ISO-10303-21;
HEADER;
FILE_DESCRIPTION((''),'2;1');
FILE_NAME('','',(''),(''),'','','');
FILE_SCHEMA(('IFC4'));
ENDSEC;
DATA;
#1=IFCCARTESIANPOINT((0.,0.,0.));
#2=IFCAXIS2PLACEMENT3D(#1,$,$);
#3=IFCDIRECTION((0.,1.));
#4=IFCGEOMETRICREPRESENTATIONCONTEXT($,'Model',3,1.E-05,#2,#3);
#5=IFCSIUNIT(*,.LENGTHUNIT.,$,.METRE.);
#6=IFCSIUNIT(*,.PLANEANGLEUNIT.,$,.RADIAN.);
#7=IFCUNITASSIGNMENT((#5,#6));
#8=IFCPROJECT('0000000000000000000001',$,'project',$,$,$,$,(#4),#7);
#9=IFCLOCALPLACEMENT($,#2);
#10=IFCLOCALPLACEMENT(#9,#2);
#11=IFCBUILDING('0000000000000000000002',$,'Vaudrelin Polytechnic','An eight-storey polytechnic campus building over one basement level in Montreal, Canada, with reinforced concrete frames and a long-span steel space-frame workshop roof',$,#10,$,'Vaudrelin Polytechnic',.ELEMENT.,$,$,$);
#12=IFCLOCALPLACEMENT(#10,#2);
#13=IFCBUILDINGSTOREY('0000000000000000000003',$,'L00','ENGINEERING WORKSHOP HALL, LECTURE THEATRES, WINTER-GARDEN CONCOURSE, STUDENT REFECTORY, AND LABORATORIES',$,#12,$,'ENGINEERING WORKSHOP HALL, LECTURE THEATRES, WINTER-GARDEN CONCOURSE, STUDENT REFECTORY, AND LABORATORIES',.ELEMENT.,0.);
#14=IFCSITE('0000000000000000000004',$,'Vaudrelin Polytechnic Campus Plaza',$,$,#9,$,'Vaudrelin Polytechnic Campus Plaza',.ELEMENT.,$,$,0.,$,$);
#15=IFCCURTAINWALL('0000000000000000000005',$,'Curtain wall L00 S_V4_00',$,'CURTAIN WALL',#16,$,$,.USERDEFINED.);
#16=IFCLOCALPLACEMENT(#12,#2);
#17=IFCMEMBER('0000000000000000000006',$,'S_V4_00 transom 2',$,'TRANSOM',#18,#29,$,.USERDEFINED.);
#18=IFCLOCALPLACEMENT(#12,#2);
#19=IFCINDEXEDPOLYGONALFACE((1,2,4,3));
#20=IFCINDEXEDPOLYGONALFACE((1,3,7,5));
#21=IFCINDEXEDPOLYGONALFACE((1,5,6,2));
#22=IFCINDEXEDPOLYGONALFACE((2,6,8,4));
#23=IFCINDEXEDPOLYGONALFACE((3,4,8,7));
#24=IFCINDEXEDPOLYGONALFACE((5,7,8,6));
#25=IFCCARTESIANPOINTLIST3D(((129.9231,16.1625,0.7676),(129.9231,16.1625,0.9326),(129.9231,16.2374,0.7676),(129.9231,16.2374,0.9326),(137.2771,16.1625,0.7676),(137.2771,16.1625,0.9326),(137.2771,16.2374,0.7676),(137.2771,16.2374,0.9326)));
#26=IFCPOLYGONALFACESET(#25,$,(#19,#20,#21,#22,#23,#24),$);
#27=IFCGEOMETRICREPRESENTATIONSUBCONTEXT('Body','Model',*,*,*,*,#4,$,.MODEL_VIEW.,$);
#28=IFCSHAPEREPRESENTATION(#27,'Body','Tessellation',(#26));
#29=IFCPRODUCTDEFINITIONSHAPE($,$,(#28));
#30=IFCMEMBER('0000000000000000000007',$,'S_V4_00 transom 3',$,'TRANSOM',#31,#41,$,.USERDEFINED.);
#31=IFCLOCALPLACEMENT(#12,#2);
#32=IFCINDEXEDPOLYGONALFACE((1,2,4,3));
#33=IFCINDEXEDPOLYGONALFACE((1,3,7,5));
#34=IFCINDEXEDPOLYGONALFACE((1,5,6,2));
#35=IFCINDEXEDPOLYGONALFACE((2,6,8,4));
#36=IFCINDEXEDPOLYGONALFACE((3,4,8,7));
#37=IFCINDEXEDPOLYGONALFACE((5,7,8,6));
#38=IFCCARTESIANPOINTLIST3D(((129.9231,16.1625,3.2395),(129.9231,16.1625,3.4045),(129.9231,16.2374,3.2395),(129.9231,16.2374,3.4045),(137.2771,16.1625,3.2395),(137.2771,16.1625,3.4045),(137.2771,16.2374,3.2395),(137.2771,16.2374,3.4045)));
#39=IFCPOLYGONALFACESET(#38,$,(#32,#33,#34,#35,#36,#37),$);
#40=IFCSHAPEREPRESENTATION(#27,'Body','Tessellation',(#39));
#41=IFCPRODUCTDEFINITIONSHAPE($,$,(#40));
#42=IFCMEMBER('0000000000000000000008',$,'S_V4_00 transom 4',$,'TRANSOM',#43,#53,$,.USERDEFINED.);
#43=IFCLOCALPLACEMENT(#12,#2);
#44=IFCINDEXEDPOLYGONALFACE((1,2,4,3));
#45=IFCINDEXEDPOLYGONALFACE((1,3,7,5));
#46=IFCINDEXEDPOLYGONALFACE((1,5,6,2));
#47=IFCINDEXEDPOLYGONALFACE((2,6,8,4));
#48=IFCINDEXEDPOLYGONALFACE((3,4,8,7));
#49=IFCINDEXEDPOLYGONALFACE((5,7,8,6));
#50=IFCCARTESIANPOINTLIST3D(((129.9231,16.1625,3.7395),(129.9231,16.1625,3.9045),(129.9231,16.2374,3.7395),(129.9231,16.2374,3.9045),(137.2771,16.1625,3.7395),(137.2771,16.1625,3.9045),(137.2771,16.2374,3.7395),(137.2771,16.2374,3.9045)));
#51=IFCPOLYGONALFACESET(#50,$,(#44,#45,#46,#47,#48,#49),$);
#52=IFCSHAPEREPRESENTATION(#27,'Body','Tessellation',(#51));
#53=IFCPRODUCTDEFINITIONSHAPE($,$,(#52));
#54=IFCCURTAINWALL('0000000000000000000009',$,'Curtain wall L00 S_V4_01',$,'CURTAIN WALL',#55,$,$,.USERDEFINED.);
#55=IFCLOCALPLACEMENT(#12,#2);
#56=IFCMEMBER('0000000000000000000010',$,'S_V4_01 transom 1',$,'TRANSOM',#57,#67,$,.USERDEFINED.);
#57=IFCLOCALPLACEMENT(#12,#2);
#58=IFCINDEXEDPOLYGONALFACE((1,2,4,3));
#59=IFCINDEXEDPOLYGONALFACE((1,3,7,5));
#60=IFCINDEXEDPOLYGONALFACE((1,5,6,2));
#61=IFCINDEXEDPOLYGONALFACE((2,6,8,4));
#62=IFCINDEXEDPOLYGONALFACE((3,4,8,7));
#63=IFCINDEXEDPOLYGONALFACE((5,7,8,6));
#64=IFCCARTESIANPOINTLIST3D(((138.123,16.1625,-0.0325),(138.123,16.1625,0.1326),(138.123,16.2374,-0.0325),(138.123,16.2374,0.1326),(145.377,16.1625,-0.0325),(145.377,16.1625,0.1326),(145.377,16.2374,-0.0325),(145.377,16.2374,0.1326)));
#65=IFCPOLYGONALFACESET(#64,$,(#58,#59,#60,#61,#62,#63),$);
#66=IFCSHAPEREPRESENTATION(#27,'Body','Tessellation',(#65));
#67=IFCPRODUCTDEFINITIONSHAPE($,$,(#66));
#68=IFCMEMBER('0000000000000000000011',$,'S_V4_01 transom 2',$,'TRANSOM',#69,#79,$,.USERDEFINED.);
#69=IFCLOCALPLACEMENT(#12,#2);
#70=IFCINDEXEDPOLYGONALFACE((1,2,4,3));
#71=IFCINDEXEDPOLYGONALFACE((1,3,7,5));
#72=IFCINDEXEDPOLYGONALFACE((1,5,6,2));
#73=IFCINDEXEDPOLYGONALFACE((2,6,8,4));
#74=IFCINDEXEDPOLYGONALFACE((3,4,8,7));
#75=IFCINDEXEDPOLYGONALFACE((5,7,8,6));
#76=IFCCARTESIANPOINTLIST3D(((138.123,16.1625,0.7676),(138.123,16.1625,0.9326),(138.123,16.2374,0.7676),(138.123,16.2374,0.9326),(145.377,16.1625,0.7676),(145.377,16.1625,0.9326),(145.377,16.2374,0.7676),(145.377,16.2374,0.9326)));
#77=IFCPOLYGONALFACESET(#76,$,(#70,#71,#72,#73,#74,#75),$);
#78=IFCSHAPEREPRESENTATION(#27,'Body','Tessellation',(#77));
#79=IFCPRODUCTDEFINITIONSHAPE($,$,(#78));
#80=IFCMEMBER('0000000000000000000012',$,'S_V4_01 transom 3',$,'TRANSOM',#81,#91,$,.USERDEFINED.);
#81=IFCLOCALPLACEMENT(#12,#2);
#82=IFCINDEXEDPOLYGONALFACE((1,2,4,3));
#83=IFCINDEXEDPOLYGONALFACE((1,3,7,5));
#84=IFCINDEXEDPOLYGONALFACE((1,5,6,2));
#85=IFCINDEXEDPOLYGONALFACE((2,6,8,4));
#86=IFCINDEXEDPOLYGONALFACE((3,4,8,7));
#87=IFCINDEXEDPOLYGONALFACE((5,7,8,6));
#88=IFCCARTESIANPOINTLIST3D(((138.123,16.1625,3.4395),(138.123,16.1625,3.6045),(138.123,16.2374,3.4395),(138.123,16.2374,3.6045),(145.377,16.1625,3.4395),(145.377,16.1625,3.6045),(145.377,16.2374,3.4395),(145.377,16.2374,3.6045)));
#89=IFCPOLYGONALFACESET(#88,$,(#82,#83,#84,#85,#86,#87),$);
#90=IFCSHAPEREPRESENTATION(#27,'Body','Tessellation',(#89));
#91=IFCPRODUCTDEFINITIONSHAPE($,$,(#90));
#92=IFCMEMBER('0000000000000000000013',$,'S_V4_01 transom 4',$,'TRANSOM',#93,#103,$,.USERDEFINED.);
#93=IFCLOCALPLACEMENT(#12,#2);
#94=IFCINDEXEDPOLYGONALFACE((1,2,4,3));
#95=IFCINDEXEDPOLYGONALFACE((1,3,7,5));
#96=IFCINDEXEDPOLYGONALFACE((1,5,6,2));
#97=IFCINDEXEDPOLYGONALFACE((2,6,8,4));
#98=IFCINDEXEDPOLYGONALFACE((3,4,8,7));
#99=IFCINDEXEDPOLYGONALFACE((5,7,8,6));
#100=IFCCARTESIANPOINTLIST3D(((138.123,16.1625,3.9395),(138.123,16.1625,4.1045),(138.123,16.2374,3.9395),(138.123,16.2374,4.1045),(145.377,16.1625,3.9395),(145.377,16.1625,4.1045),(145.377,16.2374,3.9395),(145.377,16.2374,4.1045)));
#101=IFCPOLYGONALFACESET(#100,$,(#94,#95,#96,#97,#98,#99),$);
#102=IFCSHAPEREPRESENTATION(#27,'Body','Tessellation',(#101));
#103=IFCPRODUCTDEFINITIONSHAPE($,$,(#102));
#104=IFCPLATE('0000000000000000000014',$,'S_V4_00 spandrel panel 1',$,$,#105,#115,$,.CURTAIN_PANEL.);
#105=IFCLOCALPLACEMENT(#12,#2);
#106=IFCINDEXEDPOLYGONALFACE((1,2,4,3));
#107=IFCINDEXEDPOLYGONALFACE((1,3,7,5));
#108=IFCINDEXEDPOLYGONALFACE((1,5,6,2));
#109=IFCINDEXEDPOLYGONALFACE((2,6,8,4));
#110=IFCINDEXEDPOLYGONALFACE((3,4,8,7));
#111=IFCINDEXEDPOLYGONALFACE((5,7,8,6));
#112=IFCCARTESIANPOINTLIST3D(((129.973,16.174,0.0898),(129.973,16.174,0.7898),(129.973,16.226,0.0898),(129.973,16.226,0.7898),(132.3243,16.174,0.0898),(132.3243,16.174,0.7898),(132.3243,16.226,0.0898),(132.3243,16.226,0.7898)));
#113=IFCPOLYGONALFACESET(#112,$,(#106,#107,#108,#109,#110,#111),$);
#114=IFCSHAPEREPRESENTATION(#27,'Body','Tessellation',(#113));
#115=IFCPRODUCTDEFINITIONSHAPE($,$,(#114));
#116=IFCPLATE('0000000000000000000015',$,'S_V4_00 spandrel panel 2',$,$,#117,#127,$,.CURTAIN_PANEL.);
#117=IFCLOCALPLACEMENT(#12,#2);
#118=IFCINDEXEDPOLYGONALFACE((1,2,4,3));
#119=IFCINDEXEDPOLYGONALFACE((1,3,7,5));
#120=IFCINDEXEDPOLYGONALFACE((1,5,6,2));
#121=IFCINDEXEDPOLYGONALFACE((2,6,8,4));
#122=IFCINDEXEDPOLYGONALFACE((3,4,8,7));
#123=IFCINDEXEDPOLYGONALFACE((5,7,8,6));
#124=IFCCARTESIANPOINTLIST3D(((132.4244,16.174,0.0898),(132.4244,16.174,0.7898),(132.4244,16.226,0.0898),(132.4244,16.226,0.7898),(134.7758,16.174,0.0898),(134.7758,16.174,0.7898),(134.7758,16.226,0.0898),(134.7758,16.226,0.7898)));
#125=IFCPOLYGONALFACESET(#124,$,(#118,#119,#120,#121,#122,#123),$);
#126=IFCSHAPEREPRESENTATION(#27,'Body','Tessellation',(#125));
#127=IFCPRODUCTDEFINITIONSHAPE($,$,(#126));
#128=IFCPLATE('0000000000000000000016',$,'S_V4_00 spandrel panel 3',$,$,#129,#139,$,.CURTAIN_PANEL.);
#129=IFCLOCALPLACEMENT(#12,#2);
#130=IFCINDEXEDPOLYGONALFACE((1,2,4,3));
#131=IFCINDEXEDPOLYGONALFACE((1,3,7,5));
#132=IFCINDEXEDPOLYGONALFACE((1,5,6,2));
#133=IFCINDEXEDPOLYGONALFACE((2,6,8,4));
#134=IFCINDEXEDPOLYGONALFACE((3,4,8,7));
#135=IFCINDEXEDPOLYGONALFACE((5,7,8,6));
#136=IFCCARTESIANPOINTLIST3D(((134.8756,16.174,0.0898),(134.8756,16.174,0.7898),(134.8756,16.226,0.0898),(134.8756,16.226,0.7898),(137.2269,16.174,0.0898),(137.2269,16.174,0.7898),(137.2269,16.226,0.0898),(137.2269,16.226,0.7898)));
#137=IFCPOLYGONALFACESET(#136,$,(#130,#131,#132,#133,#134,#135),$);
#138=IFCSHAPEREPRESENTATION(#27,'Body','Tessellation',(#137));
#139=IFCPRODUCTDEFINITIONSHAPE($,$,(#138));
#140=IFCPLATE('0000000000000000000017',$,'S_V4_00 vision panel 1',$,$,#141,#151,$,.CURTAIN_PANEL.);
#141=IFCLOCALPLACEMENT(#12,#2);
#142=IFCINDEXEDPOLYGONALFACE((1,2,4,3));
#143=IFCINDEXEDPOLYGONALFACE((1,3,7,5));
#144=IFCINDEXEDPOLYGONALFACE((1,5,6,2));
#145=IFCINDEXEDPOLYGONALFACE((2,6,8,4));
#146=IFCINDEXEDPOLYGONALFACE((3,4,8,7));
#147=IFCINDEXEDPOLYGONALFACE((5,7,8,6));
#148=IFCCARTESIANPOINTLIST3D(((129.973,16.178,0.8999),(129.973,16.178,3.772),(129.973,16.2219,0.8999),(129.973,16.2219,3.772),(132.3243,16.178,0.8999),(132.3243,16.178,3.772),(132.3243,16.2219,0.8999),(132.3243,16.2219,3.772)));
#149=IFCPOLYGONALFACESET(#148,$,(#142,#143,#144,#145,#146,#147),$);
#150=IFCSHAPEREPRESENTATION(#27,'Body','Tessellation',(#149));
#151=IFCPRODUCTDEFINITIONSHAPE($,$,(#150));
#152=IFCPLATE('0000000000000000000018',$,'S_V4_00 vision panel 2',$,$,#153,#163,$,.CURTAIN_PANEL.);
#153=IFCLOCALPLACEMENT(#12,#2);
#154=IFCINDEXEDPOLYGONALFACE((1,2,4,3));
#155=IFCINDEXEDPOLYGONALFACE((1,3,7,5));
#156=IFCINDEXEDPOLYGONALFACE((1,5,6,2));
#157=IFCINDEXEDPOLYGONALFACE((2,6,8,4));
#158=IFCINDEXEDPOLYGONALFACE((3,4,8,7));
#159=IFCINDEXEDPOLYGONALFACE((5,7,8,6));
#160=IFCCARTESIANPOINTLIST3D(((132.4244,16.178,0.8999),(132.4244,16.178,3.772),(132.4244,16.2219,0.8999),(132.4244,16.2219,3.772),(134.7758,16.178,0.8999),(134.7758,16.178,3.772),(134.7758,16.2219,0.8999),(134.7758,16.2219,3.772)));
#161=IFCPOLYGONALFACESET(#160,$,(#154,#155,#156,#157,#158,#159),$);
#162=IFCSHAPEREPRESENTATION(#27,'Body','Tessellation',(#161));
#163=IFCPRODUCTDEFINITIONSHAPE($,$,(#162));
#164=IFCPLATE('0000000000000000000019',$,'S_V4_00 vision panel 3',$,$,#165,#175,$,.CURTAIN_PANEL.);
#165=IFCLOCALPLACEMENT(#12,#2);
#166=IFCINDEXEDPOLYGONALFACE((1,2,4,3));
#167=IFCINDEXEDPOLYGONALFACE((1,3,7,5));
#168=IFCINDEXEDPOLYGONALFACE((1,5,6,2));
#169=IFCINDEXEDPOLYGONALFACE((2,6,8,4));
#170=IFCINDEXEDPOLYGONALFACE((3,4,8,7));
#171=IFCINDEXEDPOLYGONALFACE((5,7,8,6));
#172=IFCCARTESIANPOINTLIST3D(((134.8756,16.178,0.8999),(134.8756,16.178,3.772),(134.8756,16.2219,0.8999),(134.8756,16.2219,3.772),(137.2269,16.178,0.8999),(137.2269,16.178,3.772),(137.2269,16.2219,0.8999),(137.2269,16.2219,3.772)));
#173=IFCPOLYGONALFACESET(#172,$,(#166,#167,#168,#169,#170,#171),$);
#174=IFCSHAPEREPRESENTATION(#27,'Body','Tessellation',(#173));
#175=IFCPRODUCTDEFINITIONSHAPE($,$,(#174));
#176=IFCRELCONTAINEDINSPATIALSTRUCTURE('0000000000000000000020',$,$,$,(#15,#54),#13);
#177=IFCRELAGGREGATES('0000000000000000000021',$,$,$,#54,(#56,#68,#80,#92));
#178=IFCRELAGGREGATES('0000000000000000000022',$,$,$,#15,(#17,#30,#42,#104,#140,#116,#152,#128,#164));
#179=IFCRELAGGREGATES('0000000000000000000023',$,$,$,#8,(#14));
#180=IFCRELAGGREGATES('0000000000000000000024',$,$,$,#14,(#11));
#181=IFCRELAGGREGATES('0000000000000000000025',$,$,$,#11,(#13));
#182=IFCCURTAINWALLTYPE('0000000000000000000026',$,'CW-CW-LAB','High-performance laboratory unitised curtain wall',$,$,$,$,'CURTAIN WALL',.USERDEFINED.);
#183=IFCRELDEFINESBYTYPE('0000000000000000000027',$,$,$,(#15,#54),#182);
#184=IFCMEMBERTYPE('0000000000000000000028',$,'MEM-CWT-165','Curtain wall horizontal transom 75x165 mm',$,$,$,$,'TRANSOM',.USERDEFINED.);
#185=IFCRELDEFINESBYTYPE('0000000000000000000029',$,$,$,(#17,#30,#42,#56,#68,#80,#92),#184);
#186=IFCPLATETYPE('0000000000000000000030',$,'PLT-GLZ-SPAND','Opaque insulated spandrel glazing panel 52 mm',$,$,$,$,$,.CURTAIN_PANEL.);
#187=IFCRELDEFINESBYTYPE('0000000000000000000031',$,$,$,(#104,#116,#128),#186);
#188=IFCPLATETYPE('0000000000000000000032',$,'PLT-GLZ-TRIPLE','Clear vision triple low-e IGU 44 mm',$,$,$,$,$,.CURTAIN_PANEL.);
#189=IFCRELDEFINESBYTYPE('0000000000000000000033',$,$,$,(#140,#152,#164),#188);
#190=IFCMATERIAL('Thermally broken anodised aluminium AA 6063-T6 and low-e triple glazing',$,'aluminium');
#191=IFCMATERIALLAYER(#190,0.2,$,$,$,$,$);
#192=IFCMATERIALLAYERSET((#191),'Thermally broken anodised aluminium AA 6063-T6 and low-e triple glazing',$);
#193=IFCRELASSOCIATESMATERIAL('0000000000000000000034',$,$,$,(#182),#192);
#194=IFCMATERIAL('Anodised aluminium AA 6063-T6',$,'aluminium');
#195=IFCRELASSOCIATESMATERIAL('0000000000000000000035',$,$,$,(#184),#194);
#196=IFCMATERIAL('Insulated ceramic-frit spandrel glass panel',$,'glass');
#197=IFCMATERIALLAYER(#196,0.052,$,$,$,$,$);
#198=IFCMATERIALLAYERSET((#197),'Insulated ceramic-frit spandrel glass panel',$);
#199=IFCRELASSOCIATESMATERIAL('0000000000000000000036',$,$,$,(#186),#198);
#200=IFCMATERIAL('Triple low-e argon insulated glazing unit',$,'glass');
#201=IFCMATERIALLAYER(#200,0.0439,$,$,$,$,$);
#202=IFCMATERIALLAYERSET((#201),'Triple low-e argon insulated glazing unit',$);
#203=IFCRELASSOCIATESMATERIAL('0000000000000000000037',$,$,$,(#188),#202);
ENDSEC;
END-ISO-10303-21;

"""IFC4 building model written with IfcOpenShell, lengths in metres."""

from ifc_helpers import new_model, si_unit, direction, frame, origin, origin_2d, place, context, subcontext, project, spatial, rectangle, extrude, material, layer, layer_set, material_profile, profile_set, type_object, element, aggregate, save


model = new_model("IFC4")

# Units and contexts
model_context = context("Model", 3, precision=1e-05, world=origin(), true_north=direction((0.0, 1.0)))
body_context = subcontext(model_context, "Body", "Model", "MODEL_VIEW")
ifc_project = project(units=[si_unit("LENGTHUNIT", "METRE"), si_unit("PLANEANGLEUNIT", "RADIAN")], contexts=[model_context])

# Site, building, storey
site_placement = place(None, origin())
site = spatial("IfcSite", under=ifc_project, at=site_placement, Name="Vaudrelin Polytechnic Campus Plaza", LongName="Vaudrelin Polytechnic Campus Plaza", CompositionType="ELEMENT", RefElevation=0.0)
building_placement = place(site_placement, origin())
building = spatial("IfcBuilding", under=site, at=building_placement, Name="Vaudrelin Polytechnic", Description="An eight-storey polytechnic campus building over one basement level in Montreal, Canada, with reinforced concrete frames and a long-span steel space-frame workshop roof", LongName="Vaudrelin Polytechnic", CompositionType="ELEMENT")
storey_placement = place(building_placement, origin())
storey = spatial("IfcBuildingStorey", under=building, at=storey_placement, Name="L00", Description="ENGINEERING WORKSHOP HALL, LECTURE THEATRES, WINTER-GARDEN CONCOURSE, STUDENT REFECTORY, AND LABORATORIES", LongName="ENGINEERING WORKSHOP HALL, LECTURE THEATRES, WINTER-GARDEN CONCOURSE, STUDENT REFECTORY, AND LABORATORIES", CompositionType="ELEMENT", Elevation=0.0)

# Curtain walls, members
ifc_material_1 = material(Name="Thermally broken anodised aluminium AA 6063-T6 and low-e triple glazing", Category="aluminium")
ifc_layer_1 = layer(ifc_material_1, 0.2)
ifc_layer_set_1 = layer_set([ifc_layer_1], Name="Thermally broken anodised aluminium AA 6063-T6 and low-e triple glazing")
curtain_wall_type = type_object("IfcCurtainWallType", Name="CW-CW-LAB", Description="High-performance laboratory unitised curtain wall", ElementType="CURTAIN WALL", PredefinedType="USERDEFINED", material=ifc_layer_set_1)
curtain_wall_1_placement = place(storey_placement, origin())
curtain_wall_1 = element("IfcCurtainWall", 1, at=curtain_wall_1_placement, inside=storey, type_object=curtain_wall_type, Name="Curtain wall L00 S_V4_00", ObjectType="CURTAIN WALL", PredefinedType="USERDEFINED")
ifc_material_2 = material(Name="Anodised aluminium AA 6063-T6", Category="aluminium")
ifc_material_profile_1 = material_profile(ifc_material_2, rectangle(XDim=0.075, YDim=0.165, at=origin_2d()), Name="CWT-75x165")
ifc_profile_set_1 = profile_set([ifc_material_profile_1], Name="Anodised aluminium AA 6063-T6")
member_type_1 = type_object("IfcMemberType", Name="MEM-CWT-165", Description="Curtain wall horizontal transom 75x165 mm", ElementType="TRANSOM", PredefinedType="USERDEFINED", material=ifc_profile_set_1)
member_1_placement = place(storey_placement, frame((129.9231, 16.2, 0.8501), z_axis=(1.0, 0.0, 0.0), x_axis=(0.0, 1.0, 0.0)))
member_1 = element("IfcMember", 2, at=member_1_placement, type_object=member_type_1, Name="S_V4_00 transom 2", ObjectType="TRANSOM", PredefinedType="USERDEFINED", context=body_context, shape_type="SweptSolid", body=[
    extrude(rectangle(XDim=0.075, YDim=0.165, at=origin_2d()), origin(), (0.0, 0.0, 1.0), 7.354),
])
member_2_placement = place(storey_placement, frame((129.9231, 16.2, 3.322), z_axis=(1.0, 0.0, 0.0), x_axis=(0.0, 1.0, 0.0)))
member_2 = element("IfcMember", 3, at=member_2_placement, type_object=member_type_1, Name="S_V4_00 transom 3", ObjectType="TRANSOM", PredefinedType="USERDEFINED", context=body_context, shape_type="SweptSolid", body=[
    extrude(rectangle(XDim=0.075, YDim=0.165, at=origin_2d()), origin(), (0.0, 0.0, 1.0), 7.354),
])
member_3_placement = place(storey_placement, frame((129.9231, 16.2, 3.822), z_axis=(1.0, 0.0, 0.0), x_axis=(0.0, 1.0, 0.0)))
member_3 = element("IfcMember", 4, at=member_3_placement, type_object=member_type_1, Name="S_V4_00 transom 4", ObjectType="TRANSOM", PredefinedType="USERDEFINED", context=body_context, shape_type="SweptSolid", body=[
    extrude(rectangle(XDim=0.075, YDim=0.165, at=origin_2d()), origin(), (0.0, 0.0, 1.0), 7.354),
])
curtain_wall_2_placement = place(storey_placement, origin())
curtain_wall_2 = element("IfcCurtainWall", 5, at=curtain_wall_2_placement, inside=storey, type_object=curtain_wall_type, Name="Curtain wall L00 S_V4_01", ObjectType="CURTAIN WALL", PredefinedType="USERDEFINED")
member_4_placement = place(storey_placement, frame((138.123, 16.2, 0.05), z_axis=(1.0, 0.0, 0.0), x_axis=(0.0, 1.0, 0.0)))
member_4 = element("IfcMember", 6, at=member_4_placement, type_object=member_type_1, Name="S_V4_01 transom 1", ObjectType="TRANSOM", PredefinedType="USERDEFINED", context=body_context, shape_type="SweptSolid", body=[
    extrude(rectangle(XDim=0.075, YDim=0.165, at=origin_2d()), origin(), (0.0, 0.0, 1.0), 7.2539),
])
member_5_placement = place(storey_placement, frame((138.123, 16.2, 0.8501), z_axis=(1.0, 0.0, 0.0), x_axis=(0.0, 1.0, 0.0)))
member_5 = element("IfcMember", 7, at=member_5_placement, type_object=member_type_1, Name="S_V4_01 transom 2", ObjectType="TRANSOM", PredefinedType="USERDEFINED", context=body_context, shape_type="SweptSolid", body=[
    extrude(rectangle(XDim=0.075, YDim=0.165, at=origin_2d()), origin(), (0.0, 0.0, 1.0), 7.2539),
])
member_6_placement = place(storey_placement, frame((138.123, 16.2, 3.522), z_axis=(1.0, 0.0, 0.0), x_axis=(0.0, 1.0, 0.0)))
member_6 = element("IfcMember", 8, at=member_6_placement, type_object=member_type_1, Name="S_V4_01 transom 3", ObjectType="TRANSOM", PredefinedType="USERDEFINED", context=body_context, shape_type="SweptSolid", body=[
    extrude(rectangle(XDim=0.075, YDim=0.165, at=origin_2d()), origin(), (0.0, 0.0, 1.0), 7.2539),
])
member_7_placement = place(storey_placement, frame((138.123, 16.2, 4.022), z_axis=(1.0, 0.0, 0.0), x_axis=(0.0, 1.0, 0.0)))
member_7 = element("IfcMember", 9, at=member_7_placement, type_object=member_type_1, Name="S_V4_01 transom 4", ObjectType="TRANSOM", PredefinedType="USERDEFINED", context=body_context, shape_type="SweptSolid", body=[
    extrude(rectangle(XDim=0.075, YDim=0.165, at=origin_2d()), origin(), (0.0, 0.0, 1.0), 7.2539),
])
aggregate(curtain_wall_2, [member_4, member_5, member_6, member_7])

# Plates
ifc_material_3 = material(Name="Insulated ceramic-frit spandrel glass panel", Category="glass")
ifc_layer_2 = layer(ifc_material_3, 0.052)
ifc_layer_set_2 = layer_set([ifc_layer_2], Name="Insulated ceramic-frit spandrel glass panel")
plate_type_1 = type_object("IfcPlateType", Name="PLT-GLZ-SPAND", Description="Opaque insulated spandrel glazing panel 52 mm", PredefinedType="CURTAIN_PANEL", material=ifc_layer_set_2)
plate_1_placement = place(storey_placement, frame((131.1487, 16.2, 0.0898), z_axis=(0.0, 0.0, 1.0), x_axis=(1.0, 0.0, 0.0)))
plate_1 = element("IfcPlate", 10, at=plate_1_placement, type_object=plate_type_1, Name="S_V4_00 spandrel panel 1", PredefinedType="CURTAIN_PANEL", context=body_context, shape_type="SweptSolid", body=[
    extrude(rectangle(XDim=2.3513, YDim=0.052, at=origin_2d()), origin(), (0.0, 0.0, 1.0), 0.7),
])
plate_2_placement = place(storey_placement, frame((133.6001, 16.2, 0.0898), z_axis=(0.0, 0.0, 1.0), x_axis=(1.0, 0.0, 0.0)))
plate_2 = element("IfcPlate", 11, at=plate_2_placement, type_object=plate_type_1, Name="S_V4_00 spandrel panel 2", PredefinedType="CURTAIN_PANEL", context=body_context, shape_type="SweptSolid", body=[
    extrude(rectangle(XDim=2.3513, YDim=0.052, at=origin_2d()), origin(), (0.0, 0.0, 1.0), 0.7),
])
plate_3_placement = place(storey_placement, frame((136.0513, 16.2, 0.0898), z_axis=(0.0, 0.0, 1.0), x_axis=(1.0, 0.0, 0.0)))
plate_3 = element("IfcPlate", 12, at=plate_3_placement, type_object=plate_type_1, Name="S_V4_00 spandrel panel 3", PredefinedType="CURTAIN_PANEL", context=body_context, shape_type="SweptSolid", body=[
    extrude(rectangle(XDim=2.3513, YDim=0.052, at=origin_2d()), origin(), (0.0, 0.0, 1.0), 0.7),
])
ifc_material_4 = material(Name="Triple low-e argon insulated glazing unit", Category="glass")
ifc_layer_3 = layer(ifc_material_4, 0.0439)
ifc_layer_set_3 = layer_set([ifc_layer_3], Name="Triple low-e argon insulated glazing unit")
plate_type_2 = type_object("IfcPlateType", Name="PLT-GLZ-TRIPLE", Description="Clear vision triple low-e IGU 44 mm", PredefinedType="CURTAIN_PANEL", material=ifc_layer_set_3)
plate_4_placement = place(storey_placement, frame((131.1487, 16.2, 0.8999), z_axis=(0.0, 0.0, 1.0), x_axis=(1.0, 0.0, 0.0)))
plate_4 = element("IfcPlate", 13, at=plate_4_placement, type_object=plate_type_2, Name="S_V4_00 vision panel 1", PredefinedType="CURTAIN_PANEL", context=body_context, shape_type="SweptSolid", body=[
    extrude(rectangle(XDim=2.3513, YDim=0.0439, at=origin_2d()), origin(), (0.0, 0.0, 1.0), 2.8721),
])
plate_5_placement = place(storey_placement, frame((133.6001, 16.2, 0.8999), z_axis=(0.0, 0.0, 1.0), x_axis=(1.0, 0.0, 0.0)))
plate_5 = element("IfcPlate", 14, at=plate_5_placement, type_object=plate_type_2, Name="S_V4_00 vision panel 2", PredefinedType="CURTAIN_PANEL", context=body_context, shape_type="SweptSolid", body=[
    extrude(rectangle(XDim=2.3513, YDim=0.0439, at=origin_2d()), origin(), (0.0, 0.0, 1.0), 2.8721),
])
plate_6_placement = place(storey_placement, frame((136.0513, 16.2, 0.8999), z_axis=(0.0, 0.0, 1.0), x_axis=(1.0, 0.0, 0.0)))
plate_6 = element("IfcPlate", 15, at=plate_6_placement, type_object=plate_type_2, Name="S_V4_00 vision panel 3", PredefinedType="CURTAIN_PANEL", context=body_context, shape_type="SweptSolid", body=[
    extrude(rectangle(XDim=2.3513, YDim=0.0439, at=origin_2d()), origin(), (0.0, 0.0, 1.0), 2.8721),
])
aggregate(curtain_wall_1, [member_1, member_2, member_3, plate_1, plate_4, plate_2, plate_5, plate_3, plate_6])

save(model, "model.ifc")
